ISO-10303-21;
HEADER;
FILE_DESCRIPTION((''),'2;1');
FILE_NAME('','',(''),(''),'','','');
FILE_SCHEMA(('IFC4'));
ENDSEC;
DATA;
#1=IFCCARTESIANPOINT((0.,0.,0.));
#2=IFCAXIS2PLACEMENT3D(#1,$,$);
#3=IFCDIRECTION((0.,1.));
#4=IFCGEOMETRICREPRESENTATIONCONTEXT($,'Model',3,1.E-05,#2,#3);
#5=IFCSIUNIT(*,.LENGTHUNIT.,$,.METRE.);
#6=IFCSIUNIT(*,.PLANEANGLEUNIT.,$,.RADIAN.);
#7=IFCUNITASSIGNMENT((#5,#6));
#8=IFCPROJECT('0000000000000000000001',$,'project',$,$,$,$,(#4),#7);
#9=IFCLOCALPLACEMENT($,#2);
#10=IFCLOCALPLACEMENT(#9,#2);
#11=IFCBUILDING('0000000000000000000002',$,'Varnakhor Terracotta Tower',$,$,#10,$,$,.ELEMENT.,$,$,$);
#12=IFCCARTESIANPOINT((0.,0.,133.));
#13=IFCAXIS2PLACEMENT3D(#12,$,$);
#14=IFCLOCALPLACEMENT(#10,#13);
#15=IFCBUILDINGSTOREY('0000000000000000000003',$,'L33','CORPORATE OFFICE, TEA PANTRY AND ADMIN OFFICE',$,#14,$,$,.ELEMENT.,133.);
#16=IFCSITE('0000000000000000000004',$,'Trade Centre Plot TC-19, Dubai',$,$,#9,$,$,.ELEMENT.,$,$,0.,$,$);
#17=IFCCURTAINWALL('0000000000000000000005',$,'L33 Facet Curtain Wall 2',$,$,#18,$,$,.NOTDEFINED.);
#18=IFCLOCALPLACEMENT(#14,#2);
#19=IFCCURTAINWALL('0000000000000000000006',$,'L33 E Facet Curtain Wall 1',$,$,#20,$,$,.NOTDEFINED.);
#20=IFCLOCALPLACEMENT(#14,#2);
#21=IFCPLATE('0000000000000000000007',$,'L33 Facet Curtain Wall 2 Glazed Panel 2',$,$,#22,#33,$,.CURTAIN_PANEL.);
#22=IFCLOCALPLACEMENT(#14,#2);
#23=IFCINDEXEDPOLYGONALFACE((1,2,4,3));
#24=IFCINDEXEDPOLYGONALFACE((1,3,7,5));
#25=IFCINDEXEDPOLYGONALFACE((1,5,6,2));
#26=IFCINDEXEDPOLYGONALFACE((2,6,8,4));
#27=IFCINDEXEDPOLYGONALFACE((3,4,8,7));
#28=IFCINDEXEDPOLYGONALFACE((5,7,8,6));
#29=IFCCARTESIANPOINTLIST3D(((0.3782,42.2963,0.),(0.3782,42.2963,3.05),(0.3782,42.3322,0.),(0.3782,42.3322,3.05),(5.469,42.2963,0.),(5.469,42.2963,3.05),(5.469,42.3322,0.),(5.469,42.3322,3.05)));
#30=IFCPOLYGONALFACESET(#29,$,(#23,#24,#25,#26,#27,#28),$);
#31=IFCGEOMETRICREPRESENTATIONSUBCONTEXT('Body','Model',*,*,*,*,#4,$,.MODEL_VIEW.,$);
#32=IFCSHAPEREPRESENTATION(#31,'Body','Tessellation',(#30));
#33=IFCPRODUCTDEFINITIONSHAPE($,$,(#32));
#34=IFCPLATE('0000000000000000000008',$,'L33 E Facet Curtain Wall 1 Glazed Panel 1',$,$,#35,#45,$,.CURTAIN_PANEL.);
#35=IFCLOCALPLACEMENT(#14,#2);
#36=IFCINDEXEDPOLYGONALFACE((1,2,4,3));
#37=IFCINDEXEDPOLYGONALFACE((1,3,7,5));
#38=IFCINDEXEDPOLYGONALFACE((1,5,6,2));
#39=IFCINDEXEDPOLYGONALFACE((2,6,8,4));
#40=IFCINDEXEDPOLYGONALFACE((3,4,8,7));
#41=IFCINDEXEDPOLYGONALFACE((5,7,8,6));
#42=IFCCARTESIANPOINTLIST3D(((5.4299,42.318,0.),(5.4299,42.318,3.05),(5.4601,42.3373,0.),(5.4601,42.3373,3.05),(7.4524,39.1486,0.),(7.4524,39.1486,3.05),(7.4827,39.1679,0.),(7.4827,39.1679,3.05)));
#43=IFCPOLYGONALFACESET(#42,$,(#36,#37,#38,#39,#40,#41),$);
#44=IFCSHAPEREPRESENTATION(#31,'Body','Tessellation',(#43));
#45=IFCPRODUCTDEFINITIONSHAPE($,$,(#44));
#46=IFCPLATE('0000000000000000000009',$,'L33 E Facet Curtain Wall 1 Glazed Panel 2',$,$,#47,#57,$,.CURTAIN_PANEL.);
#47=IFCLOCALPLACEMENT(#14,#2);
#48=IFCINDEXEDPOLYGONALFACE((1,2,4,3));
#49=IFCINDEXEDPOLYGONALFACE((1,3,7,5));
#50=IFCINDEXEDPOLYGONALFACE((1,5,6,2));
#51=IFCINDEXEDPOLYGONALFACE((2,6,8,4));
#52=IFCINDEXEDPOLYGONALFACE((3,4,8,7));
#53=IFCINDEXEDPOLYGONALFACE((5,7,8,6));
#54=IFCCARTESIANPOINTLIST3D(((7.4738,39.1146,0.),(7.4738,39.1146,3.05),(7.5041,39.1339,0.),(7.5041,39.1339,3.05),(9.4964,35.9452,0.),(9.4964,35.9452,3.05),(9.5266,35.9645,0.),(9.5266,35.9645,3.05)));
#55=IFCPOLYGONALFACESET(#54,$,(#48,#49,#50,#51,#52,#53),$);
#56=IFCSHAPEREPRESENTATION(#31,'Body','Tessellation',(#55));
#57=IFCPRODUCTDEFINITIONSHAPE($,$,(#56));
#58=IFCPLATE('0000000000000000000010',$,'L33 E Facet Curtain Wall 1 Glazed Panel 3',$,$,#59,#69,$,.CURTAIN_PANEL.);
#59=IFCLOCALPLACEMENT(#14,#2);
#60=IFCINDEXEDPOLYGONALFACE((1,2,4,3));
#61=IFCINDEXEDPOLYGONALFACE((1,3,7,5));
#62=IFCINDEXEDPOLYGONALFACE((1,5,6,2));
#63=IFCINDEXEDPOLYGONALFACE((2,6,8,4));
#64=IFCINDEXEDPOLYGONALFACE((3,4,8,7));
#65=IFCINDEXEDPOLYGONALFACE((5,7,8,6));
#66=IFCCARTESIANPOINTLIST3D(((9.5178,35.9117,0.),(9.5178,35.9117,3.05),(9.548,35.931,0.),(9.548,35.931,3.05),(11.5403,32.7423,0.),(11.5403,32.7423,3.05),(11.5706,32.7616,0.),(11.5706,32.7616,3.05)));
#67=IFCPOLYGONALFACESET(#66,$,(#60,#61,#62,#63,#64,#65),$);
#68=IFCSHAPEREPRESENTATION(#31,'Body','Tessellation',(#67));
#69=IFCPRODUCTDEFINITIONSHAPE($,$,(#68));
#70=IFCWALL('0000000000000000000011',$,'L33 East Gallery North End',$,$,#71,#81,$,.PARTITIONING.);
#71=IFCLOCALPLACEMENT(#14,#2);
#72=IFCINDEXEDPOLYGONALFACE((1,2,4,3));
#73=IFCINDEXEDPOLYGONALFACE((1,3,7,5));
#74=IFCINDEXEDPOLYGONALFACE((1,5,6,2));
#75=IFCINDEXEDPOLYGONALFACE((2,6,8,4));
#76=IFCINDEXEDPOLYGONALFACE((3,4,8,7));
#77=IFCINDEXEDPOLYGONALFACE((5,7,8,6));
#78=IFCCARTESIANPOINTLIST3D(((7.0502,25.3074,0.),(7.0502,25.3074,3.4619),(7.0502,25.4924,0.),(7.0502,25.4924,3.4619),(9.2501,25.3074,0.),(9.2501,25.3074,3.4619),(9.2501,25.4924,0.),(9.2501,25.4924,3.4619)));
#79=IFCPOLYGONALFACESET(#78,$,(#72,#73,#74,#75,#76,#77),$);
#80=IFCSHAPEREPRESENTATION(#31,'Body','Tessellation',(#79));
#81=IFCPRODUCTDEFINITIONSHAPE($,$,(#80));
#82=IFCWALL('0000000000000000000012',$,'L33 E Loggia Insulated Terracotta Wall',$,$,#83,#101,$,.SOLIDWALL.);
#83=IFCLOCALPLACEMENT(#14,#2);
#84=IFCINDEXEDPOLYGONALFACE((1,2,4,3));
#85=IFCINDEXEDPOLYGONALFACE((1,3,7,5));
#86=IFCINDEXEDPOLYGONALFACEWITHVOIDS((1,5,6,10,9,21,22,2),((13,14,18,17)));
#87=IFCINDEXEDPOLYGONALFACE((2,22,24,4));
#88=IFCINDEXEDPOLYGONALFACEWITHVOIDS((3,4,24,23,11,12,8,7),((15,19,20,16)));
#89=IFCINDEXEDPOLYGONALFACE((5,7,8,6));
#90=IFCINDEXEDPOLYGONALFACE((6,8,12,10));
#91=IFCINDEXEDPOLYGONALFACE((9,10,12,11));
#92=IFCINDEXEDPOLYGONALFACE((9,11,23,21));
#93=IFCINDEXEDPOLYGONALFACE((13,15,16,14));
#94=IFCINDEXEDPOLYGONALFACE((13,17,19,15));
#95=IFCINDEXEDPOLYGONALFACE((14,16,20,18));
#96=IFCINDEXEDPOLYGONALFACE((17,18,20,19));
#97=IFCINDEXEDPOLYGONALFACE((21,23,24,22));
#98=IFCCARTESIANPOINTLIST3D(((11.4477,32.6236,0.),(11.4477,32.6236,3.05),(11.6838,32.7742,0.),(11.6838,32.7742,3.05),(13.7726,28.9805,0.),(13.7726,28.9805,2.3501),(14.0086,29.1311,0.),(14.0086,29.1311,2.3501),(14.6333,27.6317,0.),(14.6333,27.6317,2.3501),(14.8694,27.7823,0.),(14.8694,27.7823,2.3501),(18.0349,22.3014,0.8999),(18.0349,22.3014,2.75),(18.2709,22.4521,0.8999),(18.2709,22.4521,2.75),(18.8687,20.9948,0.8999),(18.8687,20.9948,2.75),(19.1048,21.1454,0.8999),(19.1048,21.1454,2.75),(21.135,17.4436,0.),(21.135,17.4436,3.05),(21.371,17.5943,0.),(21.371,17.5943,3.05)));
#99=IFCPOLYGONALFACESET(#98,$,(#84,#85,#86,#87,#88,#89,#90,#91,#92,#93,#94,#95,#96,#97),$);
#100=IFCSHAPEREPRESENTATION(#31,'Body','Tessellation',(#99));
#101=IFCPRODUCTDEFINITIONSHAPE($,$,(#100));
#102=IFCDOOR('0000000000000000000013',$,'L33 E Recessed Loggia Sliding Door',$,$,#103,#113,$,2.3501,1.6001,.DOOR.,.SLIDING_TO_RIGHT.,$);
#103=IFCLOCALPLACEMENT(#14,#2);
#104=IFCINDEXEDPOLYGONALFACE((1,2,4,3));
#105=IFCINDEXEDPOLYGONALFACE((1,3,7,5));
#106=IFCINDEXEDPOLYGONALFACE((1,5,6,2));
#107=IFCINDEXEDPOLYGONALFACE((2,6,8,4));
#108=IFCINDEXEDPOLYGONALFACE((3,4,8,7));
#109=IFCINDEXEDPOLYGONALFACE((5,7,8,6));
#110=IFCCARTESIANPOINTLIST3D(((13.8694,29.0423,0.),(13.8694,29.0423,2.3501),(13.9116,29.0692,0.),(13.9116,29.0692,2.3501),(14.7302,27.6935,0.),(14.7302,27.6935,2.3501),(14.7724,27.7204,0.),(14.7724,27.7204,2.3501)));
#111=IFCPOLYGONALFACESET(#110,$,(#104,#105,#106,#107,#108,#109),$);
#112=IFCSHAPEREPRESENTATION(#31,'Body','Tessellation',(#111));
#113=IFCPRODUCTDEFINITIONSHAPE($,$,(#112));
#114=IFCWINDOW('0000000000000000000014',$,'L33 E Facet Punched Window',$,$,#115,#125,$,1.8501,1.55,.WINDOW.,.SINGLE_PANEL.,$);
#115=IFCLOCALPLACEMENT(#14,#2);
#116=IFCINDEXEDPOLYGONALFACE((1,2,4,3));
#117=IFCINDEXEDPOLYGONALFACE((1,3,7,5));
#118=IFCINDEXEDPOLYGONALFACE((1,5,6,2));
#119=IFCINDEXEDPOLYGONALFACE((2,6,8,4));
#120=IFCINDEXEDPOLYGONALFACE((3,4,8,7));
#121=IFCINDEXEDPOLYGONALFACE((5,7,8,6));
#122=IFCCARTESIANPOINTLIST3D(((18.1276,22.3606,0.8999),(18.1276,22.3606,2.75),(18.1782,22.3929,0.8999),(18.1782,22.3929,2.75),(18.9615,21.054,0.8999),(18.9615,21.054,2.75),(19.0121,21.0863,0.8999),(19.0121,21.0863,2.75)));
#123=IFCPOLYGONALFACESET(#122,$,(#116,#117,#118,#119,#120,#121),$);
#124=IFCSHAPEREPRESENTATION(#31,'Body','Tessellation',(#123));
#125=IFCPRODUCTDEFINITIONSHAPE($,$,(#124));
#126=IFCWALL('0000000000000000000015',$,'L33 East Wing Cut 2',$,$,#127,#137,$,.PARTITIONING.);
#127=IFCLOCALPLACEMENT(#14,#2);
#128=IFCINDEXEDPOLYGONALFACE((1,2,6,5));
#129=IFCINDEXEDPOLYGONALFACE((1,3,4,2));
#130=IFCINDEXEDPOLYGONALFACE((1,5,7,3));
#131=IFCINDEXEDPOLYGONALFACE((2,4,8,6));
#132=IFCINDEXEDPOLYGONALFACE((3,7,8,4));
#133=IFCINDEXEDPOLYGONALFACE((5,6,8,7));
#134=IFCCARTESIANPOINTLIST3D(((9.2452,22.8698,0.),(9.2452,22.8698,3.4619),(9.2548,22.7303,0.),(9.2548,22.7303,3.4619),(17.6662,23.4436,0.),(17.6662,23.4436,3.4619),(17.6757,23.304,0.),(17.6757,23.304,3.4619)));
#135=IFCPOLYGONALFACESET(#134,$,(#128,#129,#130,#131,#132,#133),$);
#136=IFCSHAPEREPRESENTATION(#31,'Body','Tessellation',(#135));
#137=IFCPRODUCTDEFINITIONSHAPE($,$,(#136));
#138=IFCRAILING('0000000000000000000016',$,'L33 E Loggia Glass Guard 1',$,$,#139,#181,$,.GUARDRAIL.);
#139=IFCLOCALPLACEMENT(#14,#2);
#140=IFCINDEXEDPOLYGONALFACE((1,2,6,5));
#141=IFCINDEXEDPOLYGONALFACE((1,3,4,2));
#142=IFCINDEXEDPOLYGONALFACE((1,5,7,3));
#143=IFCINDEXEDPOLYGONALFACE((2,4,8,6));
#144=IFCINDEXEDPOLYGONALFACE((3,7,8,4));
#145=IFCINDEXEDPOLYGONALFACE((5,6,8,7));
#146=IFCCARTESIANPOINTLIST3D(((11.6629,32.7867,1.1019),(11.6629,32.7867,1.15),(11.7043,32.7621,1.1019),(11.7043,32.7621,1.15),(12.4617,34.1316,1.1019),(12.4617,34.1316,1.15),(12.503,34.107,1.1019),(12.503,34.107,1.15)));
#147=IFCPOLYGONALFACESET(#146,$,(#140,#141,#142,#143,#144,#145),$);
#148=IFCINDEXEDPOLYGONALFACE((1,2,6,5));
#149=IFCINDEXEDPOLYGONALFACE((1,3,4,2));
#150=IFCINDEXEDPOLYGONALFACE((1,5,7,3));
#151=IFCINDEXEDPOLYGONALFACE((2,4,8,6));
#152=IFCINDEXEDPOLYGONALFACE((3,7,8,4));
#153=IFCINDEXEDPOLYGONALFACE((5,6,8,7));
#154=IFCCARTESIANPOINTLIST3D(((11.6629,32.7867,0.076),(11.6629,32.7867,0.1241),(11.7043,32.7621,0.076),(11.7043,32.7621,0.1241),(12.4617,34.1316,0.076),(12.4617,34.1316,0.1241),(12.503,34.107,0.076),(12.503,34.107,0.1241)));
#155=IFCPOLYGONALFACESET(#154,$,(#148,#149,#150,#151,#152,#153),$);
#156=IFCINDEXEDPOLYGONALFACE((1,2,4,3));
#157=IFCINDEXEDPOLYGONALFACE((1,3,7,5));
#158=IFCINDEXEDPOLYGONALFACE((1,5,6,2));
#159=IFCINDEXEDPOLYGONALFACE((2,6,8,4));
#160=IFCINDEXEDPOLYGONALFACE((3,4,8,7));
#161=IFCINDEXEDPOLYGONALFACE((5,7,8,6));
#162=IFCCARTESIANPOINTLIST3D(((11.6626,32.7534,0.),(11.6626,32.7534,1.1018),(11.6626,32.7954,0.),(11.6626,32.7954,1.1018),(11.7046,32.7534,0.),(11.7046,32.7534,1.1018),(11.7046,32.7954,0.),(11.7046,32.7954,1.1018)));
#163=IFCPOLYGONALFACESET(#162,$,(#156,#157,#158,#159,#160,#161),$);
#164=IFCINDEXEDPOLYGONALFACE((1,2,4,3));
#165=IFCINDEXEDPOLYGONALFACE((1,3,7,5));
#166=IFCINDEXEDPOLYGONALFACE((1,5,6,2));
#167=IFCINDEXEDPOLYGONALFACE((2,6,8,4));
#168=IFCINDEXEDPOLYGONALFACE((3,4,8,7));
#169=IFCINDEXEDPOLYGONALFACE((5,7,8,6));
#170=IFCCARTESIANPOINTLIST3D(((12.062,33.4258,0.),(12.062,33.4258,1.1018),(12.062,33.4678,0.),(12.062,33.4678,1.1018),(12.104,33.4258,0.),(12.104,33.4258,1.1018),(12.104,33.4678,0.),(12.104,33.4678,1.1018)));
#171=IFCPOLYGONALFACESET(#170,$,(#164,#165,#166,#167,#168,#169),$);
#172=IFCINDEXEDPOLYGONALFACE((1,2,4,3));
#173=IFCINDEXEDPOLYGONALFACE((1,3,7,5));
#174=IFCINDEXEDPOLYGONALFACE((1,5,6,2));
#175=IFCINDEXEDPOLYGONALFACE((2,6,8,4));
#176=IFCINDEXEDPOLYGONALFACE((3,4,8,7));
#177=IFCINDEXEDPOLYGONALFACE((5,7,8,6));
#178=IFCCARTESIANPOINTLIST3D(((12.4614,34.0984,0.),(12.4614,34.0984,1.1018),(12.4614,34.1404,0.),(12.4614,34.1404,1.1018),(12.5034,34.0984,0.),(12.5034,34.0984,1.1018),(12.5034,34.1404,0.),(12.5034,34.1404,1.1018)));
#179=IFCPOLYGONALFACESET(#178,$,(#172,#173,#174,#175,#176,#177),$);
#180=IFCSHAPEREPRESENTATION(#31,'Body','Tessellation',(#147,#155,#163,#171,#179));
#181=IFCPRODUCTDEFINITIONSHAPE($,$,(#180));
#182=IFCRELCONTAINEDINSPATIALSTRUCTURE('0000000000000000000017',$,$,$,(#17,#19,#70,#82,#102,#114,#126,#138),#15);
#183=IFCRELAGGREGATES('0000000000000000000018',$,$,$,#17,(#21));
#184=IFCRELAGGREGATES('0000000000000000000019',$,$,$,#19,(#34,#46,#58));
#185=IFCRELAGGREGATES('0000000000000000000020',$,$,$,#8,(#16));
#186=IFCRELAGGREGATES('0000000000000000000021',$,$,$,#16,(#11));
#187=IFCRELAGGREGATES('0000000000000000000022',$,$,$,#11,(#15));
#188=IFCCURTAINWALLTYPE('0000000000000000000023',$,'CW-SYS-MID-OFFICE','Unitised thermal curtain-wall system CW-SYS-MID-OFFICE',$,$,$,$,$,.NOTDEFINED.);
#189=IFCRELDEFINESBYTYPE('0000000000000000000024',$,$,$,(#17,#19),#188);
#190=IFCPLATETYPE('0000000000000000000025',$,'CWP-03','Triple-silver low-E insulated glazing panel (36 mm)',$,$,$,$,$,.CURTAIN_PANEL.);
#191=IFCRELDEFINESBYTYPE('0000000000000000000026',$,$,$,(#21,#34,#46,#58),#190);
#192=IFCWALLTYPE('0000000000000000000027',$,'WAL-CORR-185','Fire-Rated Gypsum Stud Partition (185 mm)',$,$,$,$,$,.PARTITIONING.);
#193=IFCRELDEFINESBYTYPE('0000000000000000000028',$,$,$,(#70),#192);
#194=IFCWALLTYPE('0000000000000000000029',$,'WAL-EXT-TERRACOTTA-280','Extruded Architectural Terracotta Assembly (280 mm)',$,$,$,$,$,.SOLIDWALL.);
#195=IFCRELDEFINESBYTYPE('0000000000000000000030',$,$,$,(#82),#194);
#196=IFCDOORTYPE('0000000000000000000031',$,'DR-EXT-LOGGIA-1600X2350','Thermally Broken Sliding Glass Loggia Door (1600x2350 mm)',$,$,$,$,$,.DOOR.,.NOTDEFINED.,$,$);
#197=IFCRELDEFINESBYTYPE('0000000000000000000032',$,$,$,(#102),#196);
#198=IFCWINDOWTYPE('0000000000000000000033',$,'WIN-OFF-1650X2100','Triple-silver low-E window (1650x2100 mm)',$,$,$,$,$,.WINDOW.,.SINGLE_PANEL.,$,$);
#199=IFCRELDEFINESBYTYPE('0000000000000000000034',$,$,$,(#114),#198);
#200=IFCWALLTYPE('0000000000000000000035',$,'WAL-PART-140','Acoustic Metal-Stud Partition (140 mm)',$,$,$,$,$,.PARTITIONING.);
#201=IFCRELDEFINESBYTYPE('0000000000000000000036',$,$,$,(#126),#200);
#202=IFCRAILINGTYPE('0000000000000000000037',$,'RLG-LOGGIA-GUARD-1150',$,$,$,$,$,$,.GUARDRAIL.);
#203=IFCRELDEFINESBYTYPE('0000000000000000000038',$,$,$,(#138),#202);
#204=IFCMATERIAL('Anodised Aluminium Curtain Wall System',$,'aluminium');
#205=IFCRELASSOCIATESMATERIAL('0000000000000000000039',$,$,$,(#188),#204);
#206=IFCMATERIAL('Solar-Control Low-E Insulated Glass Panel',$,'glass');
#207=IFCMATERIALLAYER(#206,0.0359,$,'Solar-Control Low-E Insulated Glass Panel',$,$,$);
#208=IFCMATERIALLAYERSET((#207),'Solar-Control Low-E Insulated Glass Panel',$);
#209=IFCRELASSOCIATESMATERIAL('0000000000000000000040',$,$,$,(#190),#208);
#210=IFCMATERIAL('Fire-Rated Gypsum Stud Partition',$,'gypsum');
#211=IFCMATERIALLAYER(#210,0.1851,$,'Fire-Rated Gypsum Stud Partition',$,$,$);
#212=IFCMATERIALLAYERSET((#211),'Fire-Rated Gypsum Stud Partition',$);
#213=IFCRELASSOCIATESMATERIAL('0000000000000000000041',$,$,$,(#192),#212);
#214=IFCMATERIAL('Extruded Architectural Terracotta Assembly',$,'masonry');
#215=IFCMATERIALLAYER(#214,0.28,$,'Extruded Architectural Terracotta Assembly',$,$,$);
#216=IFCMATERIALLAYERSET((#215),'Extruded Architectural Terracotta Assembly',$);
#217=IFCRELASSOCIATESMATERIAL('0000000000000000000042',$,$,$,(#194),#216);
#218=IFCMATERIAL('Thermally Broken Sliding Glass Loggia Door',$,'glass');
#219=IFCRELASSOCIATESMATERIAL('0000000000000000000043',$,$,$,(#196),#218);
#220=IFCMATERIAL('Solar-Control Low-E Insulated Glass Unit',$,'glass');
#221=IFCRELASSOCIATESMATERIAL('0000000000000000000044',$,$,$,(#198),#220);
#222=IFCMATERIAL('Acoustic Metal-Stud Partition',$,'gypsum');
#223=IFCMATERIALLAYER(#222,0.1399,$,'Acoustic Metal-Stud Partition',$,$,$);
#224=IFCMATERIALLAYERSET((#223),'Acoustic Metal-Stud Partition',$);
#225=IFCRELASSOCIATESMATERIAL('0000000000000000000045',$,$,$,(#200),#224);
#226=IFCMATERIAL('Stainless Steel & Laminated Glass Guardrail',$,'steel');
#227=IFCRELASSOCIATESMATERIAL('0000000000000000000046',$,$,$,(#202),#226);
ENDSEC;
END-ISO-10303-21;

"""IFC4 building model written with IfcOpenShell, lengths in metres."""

from ifc_helpers import new_model, si_unit, direction, frame, frame_2d, origin, origin_2d, place, context, subcontext, project, spatial, rectangle, extrude, source, transform, mapped, material, layer, layer_set, type_object, type_shapes, element, fill, aggregate, save


model = new_model("IFC4")

# Units and contexts
model_context = context("Model", 3, precision=1e-05, world=origin(), true_north=direction((0.0, 1.0)))
body_context = subcontext(model_context, "Body", "Model", "MODEL_VIEW")
ifc_project = project(units=[si_unit("LENGTHUNIT", "METRE"), si_unit("PLANEANGLEUNIT", "RADIAN")], contexts=[model_context])

# Site, building, storey
site_placement = place(None, origin())
site = spatial("IfcSite", under=ifc_project, at=site_placement, Name="Trade Centre Plot TC-19, Dubai", CompositionType="ELEMENT", RefElevation=0.0)
building_placement = place(site_placement, origin())
building = spatial("IfcBuilding", under=site, at=building_placement, Name="Varnakhor Terracotta Tower", CompositionType="ELEMENT")
storey_placement = place(building_placement, frame((0.0, 0.0, 133.0)))
storey = spatial("IfcBuildingStorey", under=building, at=storey_placement, Name="L33", Description="CORPORATE OFFICE, TEA PANTRY AND ADMIN OFFICE", CompositionType="ELEMENT", Elevation=133.0)

# Curtain wall
ifc_material_1 = material(Name="Anodised Aluminium Curtain Wall System", Category="aluminium")
curtain_wall_type = type_object("IfcCurtainWallType", Name="CW-SYS-MID-OFFICE", Description="Unitised thermal curtain-wall system CW-SYS-MID-OFFICE", PredefinedType="NOTDEFINED", material=ifc_material_1)
curtain_wall_1_placement = place(storey_placement, origin())
curtain_wall_1 = element("IfcCurtainWall", 1, at=curtain_wall_1_placement, inside=storey, type_object=curtain_wall_type, Name="L33 Facet Curtain Wall 2", PredefinedType="NOTDEFINED")

# Curtain wall
curtain_wall_2_placement = place(storey_placement, origin())
curtain_wall_2 = element("IfcCurtainWall", 2, at=curtain_wall_2_placement, inside=storey, type_object=curtain_wall_type, Name="L33 E Facet Curtain Wall 1", PredefinedType="NOTDEFINED")

# Plates
ifc_material_2 = material(Name="Solar-Control Low-E Insulated Glass Panel", Category="glass")
ifc_layer_1 = layer(ifc_material_2, 0.0359, Name="Solar-Control Low-E Insulated Glass Panel")
ifc_layer_set_1 = layer_set([ifc_layer_1], Name="Solar-Control Low-E Insulated Glass Panel")
plate_type = type_object("IfcPlateType", Name="CWP-03", Description="Triple-silver low-E insulated glazing panel (36 mm)", PredefinedType="CURTAIN_PANEL", material=ifc_layer_set_1)
shared_shape_1 = source(origin(), body_context, "Body", "SweptSolid", [
    extrude(rectangle(XDim=5.0908, YDim=0.0359, at=origin_2d()), origin(), (0.0, 0.0, 1.0), 3.05),
])
plate_1_placement = place(storey_placement, frame((2.9236, 42.3142, 0.0), z_axis=(0.0, 0.0, 1.0), x_axis=(1.0, 0.0, 0.0)))
plate_1 = element("IfcPlate", 3, at=plate_1_placement, type_object=plate_type, Name="L33 Facet Curtain Wall 2 Glazed Panel 2", PredefinedType="CURTAIN_PANEL", context=body_context, shape_type="MappedRepresentation", body=[
    mapped(shared_shape_1, transform((0.0, 0.0, 0.0), scale=1.0)),
])
aggregate(curtain_wall_1, [plate_1])
shared_shape_2 = source(origin(), body_context, "Body", "SweptSolid", [
    extrude(rectangle(XDim=3.7598, YDim=0.0359, at=origin_2d()), origin(), (0.0, 0.0, 1.0), 3.05),
])
plate_2_placement = place(storey_placement, frame((6.4563, 40.7429, 0.0), z_axis=(0.0, 0.0, 1.0), x_axis=(0.537947, -0.842979, 0.0)))
plate_2 = element("IfcPlate", 4, at=plate_2_placement, type_object=plate_type, Name="L33 E Facet Curtain Wall 1 Glazed Panel 1", PredefinedType="CURTAIN_PANEL", context=body_context, shape_type="MappedRepresentation", body=[
    mapped(shared_shape_2, transform((0.0, 0.0, 0.0), scale=1.0)),
])
plate_3_placement = place(storey_placement, frame((8.5002, 37.5396, 0.0), z_axis=(0.0, 0.0, 1.0), x_axis=(0.537947, -0.842979, 0.0)))
plate_3 = element("IfcPlate", 5, at=plate_3_placement, type_object=plate_type, Name="L33 E Facet Curtain Wall 1 Glazed Panel 2", PredefinedType="CURTAIN_PANEL", context=body_context, shape_type="MappedRepresentation", body=[
    mapped(shared_shape_2, transform((0.0, 0.0, 0.0), scale=1.0)),
])
plate_4_placement = place(storey_placement, frame((10.5442, 34.3367, 0.0), z_axis=(0.0, 0.0, 1.0), x_axis=(0.537947, -0.842979, 0.0)))
plate_4 = element("IfcPlate", 6, at=plate_4_placement, type_object=plate_type, Name="L33 E Facet Curtain Wall 1 Glazed Panel 3", PredefinedType="CURTAIN_PANEL", context=body_context, shape_type="MappedRepresentation", body=[
    mapped(shared_shape_2, transform((0.0, 0.0, 0.0), scale=1.0)),
])
aggregate(curtain_wall_2, [plate_2, plate_3, plate_4])

# Wall
ifc_material_3 = material(Name="Fire-Rated Gypsum Stud Partition", Category="gypsum")
ifc_layer_2 = layer(ifc_material_3, 0.1851, Name="Fire-Rated Gypsum Stud Partition")
ifc_layer_set_2 = layer_set([ifc_layer_2], Name="Fire-Rated Gypsum Stud Partition")
wall_type_1 = type_object("IfcWallType", Name="WAL-CORR-185", Description="Fire-Rated Gypsum Stud Partition (185 mm)", PredefinedType="PARTITIONING", material=ifc_layer_set_2)
wall_1_placement = place(storey_placement, frame((7.05, 25.3999, 0.0), z_axis=(0.0, 0.0, 1.0), x_axis=(1.0, 0.0, 0.0)))
element("IfcWall", 7, at=wall_1_placement, inside=storey, type_object=wall_type_1, Name="L33 East Gallery North End", PredefinedType="PARTITIONING", context=body_context, shape_type="SweptSolid", body=[
    extrude(rectangle(XDim=2.2, YDim=0.1851, at=frame_2d((1.1001, 0.0))), origin(), (0.0, 0.0, 1.0), 3.4619),
])

# Wall, openings, door, window
ifc_material_4 = material(Name="Extruded Architectural Terracotta Assembly", Category="masonry")
ifc_layer_3 = layer(ifc_material_4, 0.28, Name="Extruded Architectural Terracotta Assembly")
ifc_layer_set_3 = layer_set([ifc_layer_3], Name="Extruded Architectural Terracotta Assembly")
wall_type_2 = type_object("IfcWallType", Name="WAL-EXT-TERRACOTTA-280", Description="Extruded Architectural Terracotta Assembly (280 mm)", PredefinedType="SOLIDWALL", material=ifc_layer_set_3)
wall_2_placement = place(storey_placement, frame((11.5657, 32.699, 0.0), z_axis=(0.0, 0.0, 1.0), x_axis=(0.537954, -0.842974, 0.0)))
wall_2 = element("IfcWall", 8, at=wall_2_placement, inside=storey, type_object=wall_type_2, Name="L33 E Loggia Insulated Terracotta Wall", PredefinedType="SOLIDWALL", context=body_context, shape_type="SweptSolid", body=[
    extrude(rectangle(XDim=18.0076, YDim=0.28, at=frame_2d((9.0039, 0.0))), origin(), (0.0, 0.0, 1.0), 3.05),
])
opening_1_placement = place(wall_2_placement, frame((4.3218, 0.0, 0.0)))
opening_1 = element("IfcOpeningElement", 9, at=opening_1_placement, cuts=wall_2, PredefinedType="OPENING", context=body_context, shape_type="SweptSolid", body=[
    extrude(rectangle(XDim=1.6001, YDim=2.3501, at=frame_2d((0.8, 1.175))), frame((0.0, 0.1499, 0.0), z_axis=(0.0, -1.0, 0.0), x_axis=(1.0, 0.0, 0.0)), (0.0, 0.0, 1.0), 0.3),
])
opening_2_placement = place(wall_2_placement, frame((12.2451, 0.0, 0.8999)))
opening_2 = element("IfcOpeningElement", 10, at=opening_2_placement, cuts=wall_2, PredefinedType="OPENING", context=body_context, shape_type="SweptSolid", body=[
    extrude(rectangle(XDim=1.55, YDim=1.8501, at=frame_2d((0.7749, 0.925))), frame((0.0, 0.1499, 0.0), z_axis=(0.0, -1.0, 0.0), x_axis=(1.0, 0.0, 0.0)), (0.0, 0.0, 1.0), 0.3),
])
ifc_material_5 = material(Name="Thermally Broken Sliding Glass Loggia Door", Category="glass")
door_type = type_object("IfcDoorType", Name="DR-EXT-LOGGIA-1600X2350", Description="Thermally Broken Sliding Glass Loggia Door (1600x2350 mm)", OperationType="NOTDEFINED", PredefinedType="DOOR", material=ifc_material_5)
shared_shape_3 = source(origin(), body_context, "Body", "SweptSolid", [
    extrude(rectangle(XDim=1.6001, YDim=2.3501, at=frame_2d((0.8, 1.175))), frame((0.0, 0.0249, 0.0), z_axis=(0.0, -1.0, 0.0), x_axis=(1.0, 0.0, 0.0)), (0.0, 0.0, 1.0), 0.05),
])
type_shapes(door_type, [shared_shape_3])
door_placement = place(opening_1_placement, origin())
door = element("IfcDoor", 11, at=door_placement, inside=storey, type_object=door_type, Name="L33 E Recessed Loggia Sliding Door", OperationType="SLIDING_TO_RIGHT", OverallHeight=2.3501, OverallWidth=1.6001, PredefinedType="DOOR", context=body_context, shape_type="MappedRepresentation", body=[
    mapped(shared_shape_3, transform((0.0, 0.0, 0.0), scale=1.0)),
])
fill(opening_1, door)
ifc_material_6 = material(Name="Solar-Control Low-E Insulated Glass Unit", Category="glass")
window_type = type_object("IfcWindowType", Name="WIN-OFF-1650X2100", Description="Triple-silver low-E window (1650x2100 mm)", PartitioningType="SINGLE_PANEL", PredefinedType="WINDOW", material=ifc_material_6)
shared_shape_4 = source(origin(), body_context, "Body", "SweptSolid", [
    extrude(rectangle(XDim=1.55, YDim=1.8501, at=frame_2d((0.7749, 0.925))), frame((0.0, 0.03, 0.0), z_axis=(0.0, -1.0, 0.0), x_axis=(1.0, 0.0, 0.0)), (0.0, 0.0, 1.0), 0.0601),
])
type_shapes(window_type, [shared_shape_4])
window_placement = place(opening_2_placement, origin())
window = element("IfcWindow", 12, at=window_placement, inside=storey, type_object=window_type, Name="L33 E Facet Punched Window", OverallHeight=1.8501, OverallWidth=1.55, PartitioningType="SINGLE_PANEL", PredefinedType="WINDOW", context=body_context, shape_type="MappedRepresentation", body=[
    mapped(shared_shape_4, transform((0.0, 0.0, 0.0), scale=1.0)),
])
fill(opening_2, window)

# Wall
ifc_material_7 = material(Name="Acoustic Metal-Stud Partition", Category="gypsum")
ifc_layer_4 = layer(ifc_material_7, 0.1399, Name="Acoustic Metal-Stud Partition")
ifc_layer_set_4 = layer_set([ifc_layer_4], Name="Acoustic Metal-Stud Partition")
wall_type_3 = type_object("IfcWallType", Name="WAL-PART-140", Description="Acoustic Metal-Stud Partition (140 mm)", PredefinedType="PARTITIONING", material=ifc_layer_set_4)
wall_3_placement = place(storey_placement, frame((9.25, 22.8, 0.0), z_axis=(0.0, 0.0, 1.0), x_axis=(0.997687, 0.067974, 0.0)))
element("IfcWall", 13, at=wall_3_placement, inside=storey, type_object=wall_type_3, Name="L33 East Wing Cut 2", PredefinedType="PARTITIONING", context=body_context, shape_type="SweptSolid", body=[
    extrude(rectangle(XDim=8.4404, YDim=0.1399, at=frame_2d((4.2202, 0.0))), origin(), (0.0, 0.0, 1.0), 3.4619),
])

# Railing
ifc_material_8 = material(Name="Stainless Steel & Laminated Glass Guardrail", Category="steel")
railing_type = type_object("IfcRailingType", Name="RLG-LOGGIA-GUARD-1150", PredefinedType="GUARDRAIL", material=ifc_material_8)
railing_1_placement = place(storey_placement, frame((11.6836, 32.7744, 0.0)))
element("IfcRailing", 14, at=railing_1_placement, inside=storey, type_object=railing_type, Name="L33 E Loggia Glass Guard 1", PredefinedType="GUARDRAIL", context=body_context, shape_type="SweptSolid", body=[
    extrude(rectangle(XDim=0.0481, YDim=0.0481, at=origin_2d()), frame((0.0, 0.0, 1.126), z_axis=(0.510658, 0.859784, 0.0), x_axis=(-0.859784, 0.510658, 0.0)), (0.0, 0.0, 1.0), 1.5642),
    extrude(rectangle(XDim=0.0481, YDim=0.0481, at=origin_2d()), frame((0.0, 0.0, 0.1001), z_axis=(0.510658, 0.859784, 0.0), x_axis=(-0.859784, 0.510658, 0.0)), (0.0, 0.0, 1.0), 1.5642),
    extrude(rectangle(XDim=0.042, YDim=0.042, at=origin_2d()), origin(), (0.0, 0.0, 1.0), 1.1018),
    extrude(rectangle(XDim=0.042, YDim=0.042, at=origin_2d()), frame((0.3994, 0.6724, 0.0)), (0.0, 0.0, 1.0), 1.1018),
    extrude(rectangle(XDim=0.042, YDim=0.042, at=origin_2d()), frame((0.7988, 1.345, 0.0)), (0.0, 0.0, 1.0), 1.1018),
])

save(model, "model.ifc")
